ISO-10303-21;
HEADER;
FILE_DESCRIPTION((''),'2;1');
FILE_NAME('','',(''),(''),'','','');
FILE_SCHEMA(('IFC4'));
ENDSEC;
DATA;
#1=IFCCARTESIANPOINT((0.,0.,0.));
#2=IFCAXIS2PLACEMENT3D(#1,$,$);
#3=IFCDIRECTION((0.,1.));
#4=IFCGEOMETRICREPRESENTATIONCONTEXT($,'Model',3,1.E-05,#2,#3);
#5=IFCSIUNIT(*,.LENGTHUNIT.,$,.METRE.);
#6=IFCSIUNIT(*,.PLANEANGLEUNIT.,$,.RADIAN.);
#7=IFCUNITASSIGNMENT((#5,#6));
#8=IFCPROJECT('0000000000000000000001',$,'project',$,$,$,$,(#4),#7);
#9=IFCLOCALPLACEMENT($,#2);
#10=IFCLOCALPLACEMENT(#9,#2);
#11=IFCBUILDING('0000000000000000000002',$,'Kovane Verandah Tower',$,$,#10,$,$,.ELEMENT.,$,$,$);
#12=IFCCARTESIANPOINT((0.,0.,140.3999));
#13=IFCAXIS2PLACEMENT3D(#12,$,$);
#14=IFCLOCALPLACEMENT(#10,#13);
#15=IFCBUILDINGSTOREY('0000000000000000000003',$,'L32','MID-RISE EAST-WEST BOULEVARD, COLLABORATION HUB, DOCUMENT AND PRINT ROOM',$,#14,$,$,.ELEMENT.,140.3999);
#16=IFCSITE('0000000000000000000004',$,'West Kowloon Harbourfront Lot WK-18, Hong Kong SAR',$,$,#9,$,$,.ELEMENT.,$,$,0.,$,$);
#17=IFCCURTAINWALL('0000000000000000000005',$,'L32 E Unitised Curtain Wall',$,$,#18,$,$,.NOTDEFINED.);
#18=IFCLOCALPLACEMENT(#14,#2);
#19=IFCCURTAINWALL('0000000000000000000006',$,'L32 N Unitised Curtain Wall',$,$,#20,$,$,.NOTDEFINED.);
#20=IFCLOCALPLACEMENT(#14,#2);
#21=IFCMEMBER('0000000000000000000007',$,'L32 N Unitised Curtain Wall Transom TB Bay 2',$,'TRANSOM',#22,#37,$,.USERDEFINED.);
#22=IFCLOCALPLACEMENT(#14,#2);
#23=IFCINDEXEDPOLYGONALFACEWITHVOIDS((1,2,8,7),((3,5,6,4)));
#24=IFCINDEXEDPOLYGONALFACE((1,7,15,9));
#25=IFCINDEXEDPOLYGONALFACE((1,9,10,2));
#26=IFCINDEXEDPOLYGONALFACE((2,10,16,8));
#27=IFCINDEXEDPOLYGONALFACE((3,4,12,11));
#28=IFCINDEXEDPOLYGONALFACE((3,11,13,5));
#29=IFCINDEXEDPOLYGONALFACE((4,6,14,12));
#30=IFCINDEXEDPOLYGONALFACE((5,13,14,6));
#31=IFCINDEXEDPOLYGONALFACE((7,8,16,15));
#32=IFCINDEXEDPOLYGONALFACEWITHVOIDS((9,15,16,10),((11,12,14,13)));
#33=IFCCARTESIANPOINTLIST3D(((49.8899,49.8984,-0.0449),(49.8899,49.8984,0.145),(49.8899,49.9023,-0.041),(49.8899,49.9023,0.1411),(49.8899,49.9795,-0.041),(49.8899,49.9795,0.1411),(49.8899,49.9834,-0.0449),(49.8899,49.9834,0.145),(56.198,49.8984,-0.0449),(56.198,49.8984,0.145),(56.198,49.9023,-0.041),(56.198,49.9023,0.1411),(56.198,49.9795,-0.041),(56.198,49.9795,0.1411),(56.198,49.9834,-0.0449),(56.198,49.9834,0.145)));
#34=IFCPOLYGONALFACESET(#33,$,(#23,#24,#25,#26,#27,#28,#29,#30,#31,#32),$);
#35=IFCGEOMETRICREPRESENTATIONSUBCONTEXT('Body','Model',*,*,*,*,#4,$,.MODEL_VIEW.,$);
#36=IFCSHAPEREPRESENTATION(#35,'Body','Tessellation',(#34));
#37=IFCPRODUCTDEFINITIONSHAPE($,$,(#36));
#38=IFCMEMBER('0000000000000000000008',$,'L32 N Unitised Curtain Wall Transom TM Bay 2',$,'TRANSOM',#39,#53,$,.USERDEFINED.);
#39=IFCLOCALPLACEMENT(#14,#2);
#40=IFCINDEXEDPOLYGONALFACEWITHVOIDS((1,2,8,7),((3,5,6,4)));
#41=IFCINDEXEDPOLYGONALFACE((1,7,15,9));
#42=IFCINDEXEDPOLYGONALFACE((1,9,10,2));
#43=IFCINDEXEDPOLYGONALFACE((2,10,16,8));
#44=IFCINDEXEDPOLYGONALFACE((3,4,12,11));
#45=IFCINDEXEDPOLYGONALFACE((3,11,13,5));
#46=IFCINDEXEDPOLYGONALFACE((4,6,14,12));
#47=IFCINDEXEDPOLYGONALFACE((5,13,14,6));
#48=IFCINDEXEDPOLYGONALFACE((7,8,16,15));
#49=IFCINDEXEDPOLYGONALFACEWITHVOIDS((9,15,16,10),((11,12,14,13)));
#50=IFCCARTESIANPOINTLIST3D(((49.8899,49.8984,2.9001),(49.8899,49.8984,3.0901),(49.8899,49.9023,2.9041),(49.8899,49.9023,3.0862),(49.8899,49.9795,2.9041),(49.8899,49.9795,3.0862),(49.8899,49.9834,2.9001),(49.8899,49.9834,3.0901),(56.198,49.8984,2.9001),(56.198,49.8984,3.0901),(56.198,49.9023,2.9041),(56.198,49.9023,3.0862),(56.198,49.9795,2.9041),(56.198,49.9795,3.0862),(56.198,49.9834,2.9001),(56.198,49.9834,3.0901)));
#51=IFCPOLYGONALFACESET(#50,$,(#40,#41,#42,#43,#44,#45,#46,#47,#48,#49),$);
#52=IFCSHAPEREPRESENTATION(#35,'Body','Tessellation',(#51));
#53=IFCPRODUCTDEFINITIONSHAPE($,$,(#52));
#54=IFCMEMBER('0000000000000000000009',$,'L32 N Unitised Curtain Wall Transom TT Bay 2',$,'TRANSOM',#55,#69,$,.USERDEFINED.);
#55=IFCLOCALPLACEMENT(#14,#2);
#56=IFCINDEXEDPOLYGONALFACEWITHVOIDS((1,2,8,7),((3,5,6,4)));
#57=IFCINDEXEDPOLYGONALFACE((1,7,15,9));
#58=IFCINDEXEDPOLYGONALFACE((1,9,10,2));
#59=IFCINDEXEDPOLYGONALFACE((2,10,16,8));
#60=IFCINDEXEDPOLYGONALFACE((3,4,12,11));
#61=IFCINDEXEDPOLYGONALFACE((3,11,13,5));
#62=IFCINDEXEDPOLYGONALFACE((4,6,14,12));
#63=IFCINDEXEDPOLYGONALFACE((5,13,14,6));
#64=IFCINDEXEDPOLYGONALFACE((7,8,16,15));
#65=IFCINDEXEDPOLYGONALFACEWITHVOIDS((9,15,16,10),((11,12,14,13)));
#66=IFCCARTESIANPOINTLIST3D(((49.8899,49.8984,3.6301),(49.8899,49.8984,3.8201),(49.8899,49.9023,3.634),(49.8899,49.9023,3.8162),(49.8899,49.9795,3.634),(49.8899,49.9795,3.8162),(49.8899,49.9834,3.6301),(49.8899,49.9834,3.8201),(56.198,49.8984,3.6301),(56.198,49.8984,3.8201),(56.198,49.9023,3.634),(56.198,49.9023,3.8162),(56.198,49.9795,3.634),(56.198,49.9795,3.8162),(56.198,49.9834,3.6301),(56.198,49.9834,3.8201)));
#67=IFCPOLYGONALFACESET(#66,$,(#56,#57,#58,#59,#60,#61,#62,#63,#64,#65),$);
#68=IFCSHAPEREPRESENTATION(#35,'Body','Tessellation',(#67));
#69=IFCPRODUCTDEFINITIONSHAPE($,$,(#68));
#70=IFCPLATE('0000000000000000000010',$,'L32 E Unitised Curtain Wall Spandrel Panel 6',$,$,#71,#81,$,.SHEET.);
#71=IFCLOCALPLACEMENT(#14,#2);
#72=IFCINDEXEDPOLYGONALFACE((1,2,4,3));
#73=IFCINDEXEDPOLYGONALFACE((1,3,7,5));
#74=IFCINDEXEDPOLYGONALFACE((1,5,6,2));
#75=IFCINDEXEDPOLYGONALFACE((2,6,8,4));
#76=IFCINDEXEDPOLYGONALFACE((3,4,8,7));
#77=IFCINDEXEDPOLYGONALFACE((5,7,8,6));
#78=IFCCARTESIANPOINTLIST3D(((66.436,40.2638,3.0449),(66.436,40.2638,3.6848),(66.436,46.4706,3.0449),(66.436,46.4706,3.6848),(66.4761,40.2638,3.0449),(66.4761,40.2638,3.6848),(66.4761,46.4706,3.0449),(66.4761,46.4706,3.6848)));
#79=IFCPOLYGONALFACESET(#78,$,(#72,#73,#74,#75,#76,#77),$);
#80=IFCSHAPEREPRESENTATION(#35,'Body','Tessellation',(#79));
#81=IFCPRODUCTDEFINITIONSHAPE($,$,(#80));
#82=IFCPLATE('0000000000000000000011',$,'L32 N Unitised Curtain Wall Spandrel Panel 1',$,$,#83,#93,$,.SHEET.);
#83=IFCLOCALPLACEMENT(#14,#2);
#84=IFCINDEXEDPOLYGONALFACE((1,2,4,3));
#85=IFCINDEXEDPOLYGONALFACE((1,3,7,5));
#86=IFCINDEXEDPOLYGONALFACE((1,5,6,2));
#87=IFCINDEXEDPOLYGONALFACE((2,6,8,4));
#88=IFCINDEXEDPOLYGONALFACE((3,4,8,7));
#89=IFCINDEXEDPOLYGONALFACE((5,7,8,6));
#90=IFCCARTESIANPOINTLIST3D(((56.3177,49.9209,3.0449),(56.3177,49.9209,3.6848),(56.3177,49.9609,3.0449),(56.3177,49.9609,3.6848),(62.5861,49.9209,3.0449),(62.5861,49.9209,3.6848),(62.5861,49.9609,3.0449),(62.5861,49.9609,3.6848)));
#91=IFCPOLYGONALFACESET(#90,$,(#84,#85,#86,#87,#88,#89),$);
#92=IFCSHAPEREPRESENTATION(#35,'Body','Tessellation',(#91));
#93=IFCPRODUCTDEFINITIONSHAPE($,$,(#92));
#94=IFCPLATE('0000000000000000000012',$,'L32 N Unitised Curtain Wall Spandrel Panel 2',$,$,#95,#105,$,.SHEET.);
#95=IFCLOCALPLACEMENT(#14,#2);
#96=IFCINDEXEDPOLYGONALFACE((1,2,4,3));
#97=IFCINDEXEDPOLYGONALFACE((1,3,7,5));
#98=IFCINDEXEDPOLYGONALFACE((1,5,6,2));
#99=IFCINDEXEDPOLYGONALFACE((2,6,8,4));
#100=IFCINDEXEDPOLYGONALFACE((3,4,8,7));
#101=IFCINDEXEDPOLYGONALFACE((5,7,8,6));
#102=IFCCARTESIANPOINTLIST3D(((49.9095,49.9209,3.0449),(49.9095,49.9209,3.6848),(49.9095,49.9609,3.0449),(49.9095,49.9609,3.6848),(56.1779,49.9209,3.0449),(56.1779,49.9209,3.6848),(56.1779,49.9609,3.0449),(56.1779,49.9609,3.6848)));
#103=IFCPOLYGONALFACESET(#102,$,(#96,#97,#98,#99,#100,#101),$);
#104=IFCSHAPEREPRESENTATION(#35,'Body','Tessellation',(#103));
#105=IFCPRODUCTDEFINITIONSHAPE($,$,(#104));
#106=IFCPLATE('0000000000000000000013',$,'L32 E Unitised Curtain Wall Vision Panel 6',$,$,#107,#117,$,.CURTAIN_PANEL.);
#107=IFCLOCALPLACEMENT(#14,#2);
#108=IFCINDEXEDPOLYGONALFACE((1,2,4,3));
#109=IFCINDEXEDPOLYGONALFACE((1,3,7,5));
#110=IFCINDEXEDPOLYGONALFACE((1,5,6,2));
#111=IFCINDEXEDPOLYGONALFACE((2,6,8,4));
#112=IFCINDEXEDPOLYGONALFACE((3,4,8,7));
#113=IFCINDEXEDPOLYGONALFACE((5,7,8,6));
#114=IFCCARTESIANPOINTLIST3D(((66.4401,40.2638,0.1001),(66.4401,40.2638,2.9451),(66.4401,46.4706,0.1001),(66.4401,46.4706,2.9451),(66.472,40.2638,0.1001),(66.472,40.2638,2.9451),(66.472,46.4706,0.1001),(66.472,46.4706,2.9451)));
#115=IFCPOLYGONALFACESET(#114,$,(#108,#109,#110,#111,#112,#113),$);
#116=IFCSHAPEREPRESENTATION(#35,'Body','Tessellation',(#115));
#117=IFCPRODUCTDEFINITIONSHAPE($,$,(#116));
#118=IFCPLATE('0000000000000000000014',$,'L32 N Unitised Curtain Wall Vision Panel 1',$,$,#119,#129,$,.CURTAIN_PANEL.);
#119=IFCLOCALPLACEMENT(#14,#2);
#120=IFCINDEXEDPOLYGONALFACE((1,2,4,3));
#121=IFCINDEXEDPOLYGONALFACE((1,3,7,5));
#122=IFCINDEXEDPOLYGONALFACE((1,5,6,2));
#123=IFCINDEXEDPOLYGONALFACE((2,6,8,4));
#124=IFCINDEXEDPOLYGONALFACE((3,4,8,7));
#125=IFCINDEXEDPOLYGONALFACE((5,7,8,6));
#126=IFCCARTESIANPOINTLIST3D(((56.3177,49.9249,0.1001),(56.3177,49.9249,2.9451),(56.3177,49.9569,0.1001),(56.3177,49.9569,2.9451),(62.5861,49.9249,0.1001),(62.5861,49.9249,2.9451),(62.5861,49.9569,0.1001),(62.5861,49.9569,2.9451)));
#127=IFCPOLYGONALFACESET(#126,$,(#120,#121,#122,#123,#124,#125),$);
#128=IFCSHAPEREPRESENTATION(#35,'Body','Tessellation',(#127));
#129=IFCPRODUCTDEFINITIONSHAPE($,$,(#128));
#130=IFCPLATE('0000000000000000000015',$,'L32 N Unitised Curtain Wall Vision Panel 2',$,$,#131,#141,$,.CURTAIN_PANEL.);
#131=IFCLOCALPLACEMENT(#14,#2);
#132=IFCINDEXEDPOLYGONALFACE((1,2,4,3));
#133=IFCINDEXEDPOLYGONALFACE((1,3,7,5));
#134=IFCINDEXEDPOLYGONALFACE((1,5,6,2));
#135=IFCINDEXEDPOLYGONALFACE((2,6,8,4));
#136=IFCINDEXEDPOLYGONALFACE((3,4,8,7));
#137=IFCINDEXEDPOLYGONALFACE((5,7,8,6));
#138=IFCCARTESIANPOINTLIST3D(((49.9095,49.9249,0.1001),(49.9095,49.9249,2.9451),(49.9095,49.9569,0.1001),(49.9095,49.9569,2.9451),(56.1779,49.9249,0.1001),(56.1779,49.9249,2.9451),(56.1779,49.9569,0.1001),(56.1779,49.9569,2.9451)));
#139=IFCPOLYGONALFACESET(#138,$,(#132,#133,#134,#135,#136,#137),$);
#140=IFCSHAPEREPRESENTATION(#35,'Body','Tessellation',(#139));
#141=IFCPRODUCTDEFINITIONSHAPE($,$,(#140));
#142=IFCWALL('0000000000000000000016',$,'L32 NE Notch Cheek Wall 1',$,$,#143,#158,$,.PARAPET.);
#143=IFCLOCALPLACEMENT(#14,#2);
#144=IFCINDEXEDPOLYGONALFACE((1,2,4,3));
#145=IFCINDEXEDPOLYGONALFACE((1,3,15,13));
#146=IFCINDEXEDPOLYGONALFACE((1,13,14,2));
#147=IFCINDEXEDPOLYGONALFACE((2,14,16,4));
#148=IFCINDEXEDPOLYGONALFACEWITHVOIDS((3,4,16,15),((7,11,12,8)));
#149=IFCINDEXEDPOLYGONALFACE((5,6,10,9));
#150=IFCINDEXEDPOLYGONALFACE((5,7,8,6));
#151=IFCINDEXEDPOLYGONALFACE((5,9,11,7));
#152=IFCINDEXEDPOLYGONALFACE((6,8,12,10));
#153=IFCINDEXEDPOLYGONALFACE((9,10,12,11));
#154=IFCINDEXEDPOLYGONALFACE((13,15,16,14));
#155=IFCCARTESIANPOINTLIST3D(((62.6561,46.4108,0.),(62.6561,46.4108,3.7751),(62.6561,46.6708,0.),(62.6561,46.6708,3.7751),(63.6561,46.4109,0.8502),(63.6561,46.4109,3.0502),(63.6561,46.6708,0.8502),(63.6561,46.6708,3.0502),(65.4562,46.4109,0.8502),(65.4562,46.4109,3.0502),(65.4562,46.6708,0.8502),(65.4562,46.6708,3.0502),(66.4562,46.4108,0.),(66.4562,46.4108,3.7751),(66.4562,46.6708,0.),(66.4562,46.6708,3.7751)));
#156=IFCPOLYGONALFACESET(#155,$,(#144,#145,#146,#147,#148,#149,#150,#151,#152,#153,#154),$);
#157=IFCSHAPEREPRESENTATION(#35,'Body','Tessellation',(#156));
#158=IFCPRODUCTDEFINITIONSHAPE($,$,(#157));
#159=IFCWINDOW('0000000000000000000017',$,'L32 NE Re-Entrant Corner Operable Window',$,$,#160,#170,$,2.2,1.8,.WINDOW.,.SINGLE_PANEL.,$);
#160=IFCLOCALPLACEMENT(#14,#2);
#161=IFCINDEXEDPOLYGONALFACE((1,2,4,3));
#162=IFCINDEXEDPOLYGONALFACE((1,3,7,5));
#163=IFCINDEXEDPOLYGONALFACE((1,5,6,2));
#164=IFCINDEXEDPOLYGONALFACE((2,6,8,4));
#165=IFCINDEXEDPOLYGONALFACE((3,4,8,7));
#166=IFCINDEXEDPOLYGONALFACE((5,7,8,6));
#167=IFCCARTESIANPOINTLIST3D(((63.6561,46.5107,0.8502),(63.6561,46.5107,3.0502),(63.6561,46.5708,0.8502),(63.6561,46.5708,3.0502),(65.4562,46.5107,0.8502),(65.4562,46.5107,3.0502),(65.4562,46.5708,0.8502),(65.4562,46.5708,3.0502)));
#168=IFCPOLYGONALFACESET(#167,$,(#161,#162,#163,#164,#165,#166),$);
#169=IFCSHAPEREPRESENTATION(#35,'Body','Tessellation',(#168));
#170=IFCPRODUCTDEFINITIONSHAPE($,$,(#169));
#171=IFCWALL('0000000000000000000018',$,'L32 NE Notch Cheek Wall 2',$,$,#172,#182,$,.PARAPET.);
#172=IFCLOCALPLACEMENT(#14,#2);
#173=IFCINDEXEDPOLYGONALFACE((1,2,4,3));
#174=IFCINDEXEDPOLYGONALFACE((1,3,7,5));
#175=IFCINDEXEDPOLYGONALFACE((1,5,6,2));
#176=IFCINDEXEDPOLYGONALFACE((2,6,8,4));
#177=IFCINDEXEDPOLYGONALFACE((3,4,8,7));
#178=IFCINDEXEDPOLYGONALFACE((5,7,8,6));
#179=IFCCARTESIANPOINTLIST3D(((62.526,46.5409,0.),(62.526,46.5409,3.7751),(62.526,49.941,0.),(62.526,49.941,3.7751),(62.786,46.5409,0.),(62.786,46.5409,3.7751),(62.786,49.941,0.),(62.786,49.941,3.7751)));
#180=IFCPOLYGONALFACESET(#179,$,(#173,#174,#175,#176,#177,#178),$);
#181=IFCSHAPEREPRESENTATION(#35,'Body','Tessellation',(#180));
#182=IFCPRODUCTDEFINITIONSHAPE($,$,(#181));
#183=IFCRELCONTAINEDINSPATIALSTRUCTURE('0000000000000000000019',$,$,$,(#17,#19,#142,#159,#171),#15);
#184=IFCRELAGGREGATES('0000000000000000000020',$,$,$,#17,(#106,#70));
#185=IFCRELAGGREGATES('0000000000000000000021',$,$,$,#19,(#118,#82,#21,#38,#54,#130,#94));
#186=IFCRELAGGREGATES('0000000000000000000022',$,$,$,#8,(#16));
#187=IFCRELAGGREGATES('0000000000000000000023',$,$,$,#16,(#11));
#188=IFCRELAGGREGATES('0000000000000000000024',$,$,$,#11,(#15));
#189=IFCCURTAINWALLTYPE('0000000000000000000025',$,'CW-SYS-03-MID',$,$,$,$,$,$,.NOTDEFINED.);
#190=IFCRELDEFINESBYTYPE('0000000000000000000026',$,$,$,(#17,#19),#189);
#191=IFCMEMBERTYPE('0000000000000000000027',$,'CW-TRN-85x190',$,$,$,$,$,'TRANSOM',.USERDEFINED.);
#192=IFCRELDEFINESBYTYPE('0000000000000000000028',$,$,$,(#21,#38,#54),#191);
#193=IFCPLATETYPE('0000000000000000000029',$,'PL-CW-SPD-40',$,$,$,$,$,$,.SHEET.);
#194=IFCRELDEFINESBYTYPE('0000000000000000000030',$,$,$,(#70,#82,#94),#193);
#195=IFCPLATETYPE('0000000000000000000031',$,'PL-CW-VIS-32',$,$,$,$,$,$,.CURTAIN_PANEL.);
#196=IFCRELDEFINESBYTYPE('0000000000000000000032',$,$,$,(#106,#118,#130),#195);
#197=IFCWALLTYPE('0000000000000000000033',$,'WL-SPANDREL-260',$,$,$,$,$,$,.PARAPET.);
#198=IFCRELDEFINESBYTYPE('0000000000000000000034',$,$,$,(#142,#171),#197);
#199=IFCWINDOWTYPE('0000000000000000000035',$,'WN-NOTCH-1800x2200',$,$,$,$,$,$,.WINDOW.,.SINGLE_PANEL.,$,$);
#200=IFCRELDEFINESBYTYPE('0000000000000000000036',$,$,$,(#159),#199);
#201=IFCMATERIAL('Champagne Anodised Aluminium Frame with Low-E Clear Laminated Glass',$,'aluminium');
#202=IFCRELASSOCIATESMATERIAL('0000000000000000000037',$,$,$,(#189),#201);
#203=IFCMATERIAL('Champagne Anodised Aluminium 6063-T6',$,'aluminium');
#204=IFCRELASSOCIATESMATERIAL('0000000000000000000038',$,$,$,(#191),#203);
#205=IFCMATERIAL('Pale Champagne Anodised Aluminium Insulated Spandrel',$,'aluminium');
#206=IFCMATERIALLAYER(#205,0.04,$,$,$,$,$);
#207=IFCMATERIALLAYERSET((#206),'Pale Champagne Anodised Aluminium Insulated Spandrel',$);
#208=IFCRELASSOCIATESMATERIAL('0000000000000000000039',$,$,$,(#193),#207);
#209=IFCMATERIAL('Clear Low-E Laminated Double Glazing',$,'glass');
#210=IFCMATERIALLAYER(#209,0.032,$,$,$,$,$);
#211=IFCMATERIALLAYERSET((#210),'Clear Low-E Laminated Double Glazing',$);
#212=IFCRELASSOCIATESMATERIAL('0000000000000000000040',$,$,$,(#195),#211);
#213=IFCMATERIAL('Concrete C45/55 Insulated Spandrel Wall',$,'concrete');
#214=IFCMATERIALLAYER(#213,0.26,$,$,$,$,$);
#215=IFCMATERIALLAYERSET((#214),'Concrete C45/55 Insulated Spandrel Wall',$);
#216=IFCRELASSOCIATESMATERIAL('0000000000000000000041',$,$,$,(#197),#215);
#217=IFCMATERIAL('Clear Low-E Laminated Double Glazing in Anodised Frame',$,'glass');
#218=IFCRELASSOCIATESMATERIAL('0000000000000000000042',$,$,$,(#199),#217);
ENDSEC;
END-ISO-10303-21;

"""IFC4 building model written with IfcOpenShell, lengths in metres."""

from ifc_helpers import new_model, si_unit, direction, frame, frame_2d, origin, origin_2d, place, context, subcontext, project, spatial, rectangle, hollow_rectangle, extrude, material, layer, layer_set, material_profile, profile_set, type_object, element, fill, aggregate, save


model = new_model("IFC4")

# Units and contexts
model_context = context("Model", 3, precision=1e-05, world=origin(), true_north=direction((0.0, 1.0)))
body_context = subcontext(model_context, "Body", "Model", "MODEL_VIEW")
ifc_project = project(units=[si_unit("LENGTHUNIT", "METRE"), si_unit("PLANEANGLEUNIT", "RADIAN")], contexts=[model_context])

# Site, building, storey
site_placement = place(None, origin())
site = spatial("IfcSite", under=ifc_project, at=site_placement, Name="West Kowloon Harbourfront Lot WK-18, Hong Kong SAR", CompositionType="ELEMENT", RefElevation=0.0)
building_placement = place(site_placement, origin())
building = spatial("IfcBuilding", under=site, at=building_placement, Name="Kovane Verandah Tower", CompositionType="ELEMENT")
storey_placement = place(building_placement, frame((0.0, 0.0, 140.3999)))
storey = spatial("IfcBuildingStorey", under=building, at=storey_placement, Name="L32", Description="MID-RISE EAST-WEST BOULEVARD, COLLABORATION HUB, DOCUMENT AND PRINT ROOM", CompositionType="ELEMENT", Elevation=140.3999)

# Curtain wall
ifc_material_1 = material(Name="Champagne Anodised Aluminium Frame with Low-E Clear Laminated Glass", Category="aluminium")
curtain_wall_type = type_object("IfcCurtainWallType", Name="CW-SYS-03-MID", PredefinedType="NOTDEFINED", material=ifc_material_1)
curtain_wall_1_placement = place(storey_placement, origin())
curtain_wall_1 = element("IfcCurtainWall", 1, at=curtain_wall_1_placement, inside=storey, type_object=curtain_wall_type, Name="L32 E Unitised Curtain Wall", PredefinedType="NOTDEFINED")
ifc_material_2 = material(Name="Champagne Anodised Aluminium 6063-T6", Category="aluminium")

# Curtain wall
curtain_wall_2_placement = place(storey_placement, origin())
curtain_wall_2 = element("IfcCurtainWall", 2, at=curtain_wall_2_placement, inside=storey, type_object=curtain_wall_type, Name="L32 N Unitised Curtain Wall", PredefinedType="NOTDEFINED")

# Members
ifc_material_profile_1 = material_profile(ifc_material_2, hollow_rectangle(XDim=0.085, YDim=0.1899, WallThickness=0.0039, at=origin_2d()), Name="AL85x190x4")
ifc_profile_set_1 = profile_set([ifc_material_profile_1], Name="Champagne Anodised Aluminium 6063-T6")
member_type_1 = type_object("IfcMemberType", Name="CW-TRN-85x190", ElementType="TRANSOM", PredefinedType="USERDEFINED", material=ifc_profile_set_1)
member_1_placement = place(storey_placement, frame((56.198, 49.9409, 0.05), z_axis=(-1.0, 0.0, 0.0), x_axis=(0.0, -1.0, 0.0)))
member_1 = element("IfcMember", 3, at=member_1_placement, type_object=member_type_1, Name="L32 N Unitised Curtain Wall Transom TB Bay 2", ObjectType="TRANSOM", PredefinedType="USERDEFINED", context=body_context, shape_type="SweptSolid", body=[
    extrude(hollow_rectangle(XDim=0.085, YDim=0.1899, WallThickness=0.0039, at=origin_2d()), origin(), (0.0, 0.0, 1.0), 6.3081),
])
member_2_placement = place(storey_placement, frame((56.198, 49.9409, 2.9951), z_axis=(-1.0, 0.0, 0.0), x_axis=(0.0, -1.0, 0.0)))
member_2 = element("IfcMember", 4, at=member_2_placement, type_object=member_type_1, Name="L32 N Unitised Curtain Wall Transom TM Bay 2", ObjectType="TRANSOM", PredefinedType="USERDEFINED", context=body_context, shape_type="SweptSolid", body=[
    extrude(hollow_rectangle(XDim=0.085, YDim=0.1899, WallThickness=0.0039, at=origin_2d()), origin(), (0.0, 0.0, 1.0), 6.3081),
])
member_3_placement = place(storey_placement, frame((56.198, 49.9409, 3.7251), z_axis=(-1.0, 0.0, 0.0), x_axis=(0.0, -1.0, 0.0)))
member_3 = element("IfcMember", 5, at=member_3_placement, type_object=member_type_1, Name="L32 N Unitised Curtain Wall Transom TT Bay 2", ObjectType="TRANSOM", PredefinedType="USERDEFINED", context=body_context, shape_type="SweptSolid", body=[
    extrude(hollow_rectangle(XDim=0.085, YDim=0.1899, WallThickness=0.0039, at=origin_2d()), origin(), (0.0, 0.0, 1.0), 6.3081),
])

# Plates
ifc_material_3 = material(Name="Pale Champagne Anodised Aluminium Insulated Spandrel", Category="aluminium")
ifc_layer_1 = layer(ifc_material_3, 0.04)
ifc_layer_set_1 = layer_set([ifc_layer_1], Name="Pale Champagne Anodised Aluminium Insulated Spandrel")
plate_type_1 = type_object("IfcPlateType", Name="PL-CW-SPD-40", PredefinedType="SHEET", material=ifc_layer_set_1)
plate_1_placement = place(storey_placement, frame((66.4561, 43.3672, 3.0449), z_axis=(0.0, 0.0, 1.0), x_axis=(0.0, 1.0, 0.0)))
plate_1 = element("IfcPlate", 6, at=plate_1_placement, type_object=plate_type_1, Name="L32 E Unitised Curtain Wall Spandrel Panel 6", PredefinedType="SHEET", context=body_context, shape_type="SweptSolid", body=[
    extrude(rectangle(XDim=6.2068, YDim=0.04, at=origin_2d()), origin(), (0.0, 0.0, 1.0), 0.6399),
])
plate_2_placement = place(storey_placement, frame((59.4519, 49.9409, 3.0449), z_axis=(0.0, 0.0, 1.0), x_axis=(-1.0, 0.0, 0.0)))
plate_2 = element("IfcPlate", 7, at=plate_2_placement, type_object=plate_type_1, Name="L32 N Unitised Curtain Wall Spandrel Panel 1", PredefinedType="SHEET", context=body_context, shape_type="SweptSolid", body=[
    extrude(rectangle(XDim=6.2683, YDim=0.04, at=origin_2d()), origin(), (0.0, 0.0, 1.0), 0.6399),
])
plate_3_placement = place(storey_placement, frame((53.0437, 49.9409, 3.0449), z_axis=(0.0, 0.0, 1.0), x_axis=(-1.0, 0.0, 0.0)))
plate_3 = element("IfcPlate", 8, at=plate_3_placement, type_object=plate_type_1, Name="L32 N Unitised Curtain Wall Spandrel Panel 2", PredefinedType="SHEET", context=body_context, shape_type="SweptSolid", body=[
    extrude(rectangle(XDim=6.2683, YDim=0.04, at=origin_2d()), origin(), (0.0, 0.0, 1.0), 0.6399),
])
ifc_material_4 = material(Name="Clear Low-E Laminated Double Glazing", Category="glass")
ifc_layer_2 = layer(ifc_material_4, 0.032)
ifc_layer_set_2 = layer_set([ifc_layer_2], Name="Clear Low-E Laminated Double Glazing")
plate_type_2 = type_object("IfcPlateType", Name="PL-CW-VIS-32", PredefinedType="CURTAIN_PANEL", material=ifc_layer_set_2)
plate_4_placement = place(storey_placement, frame((66.4561, 43.3672, 0.1001), z_axis=(0.0, 0.0, 1.0), x_axis=(0.0, 1.0, 0.0)))
plate_4 = element("IfcPlate", 9, at=plate_4_placement, type_object=plate_type_2, Name="L32 E Unitised Curtain Wall Vision Panel 6", PredefinedType="CURTAIN_PANEL", context=body_context, shape_type="SweptSolid", body=[
    extrude(rectangle(XDim=6.2068, YDim=0.032, at=origin_2d()), origin(), (0.0, 0.0, 1.0), 2.845),
])
aggregate(curtain_wall_1, [plate_4, plate_1])
plate_5_placement = place(storey_placement, frame((59.4519, 49.9409, 0.1001), z_axis=(0.0, 0.0, 1.0), x_axis=(-1.0, 0.0, 0.0)))
plate_5 = element("IfcPlate", 10, at=plate_5_placement, type_object=plate_type_2, Name="L32 N Unitised Curtain Wall Vision Panel 1", PredefinedType="CURTAIN_PANEL", context=body_context, shape_type="SweptSolid", body=[
    extrude(rectangle(XDim=6.2683, YDim=0.032, at=origin_2d()), origin(), (0.0, 0.0, 1.0), 2.845),
])
plate_6_placement = place(storey_placement, frame((53.0437, 49.9409, 0.1001), z_axis=(0.0, 0.0, 1.0), x_axis=(-1.0, 0.0, 0.0)))
plate_6 = element("IfcPlate", 11, at=plate_6_placement, type_object=plate_type_2, Name="L32 N Unitised Curtain Wall Vision Panel 2", PredefinedType="CURTAIN_PANEL", context=body_context, shape_type="SweptSolid", body=[
    extrude(rectangle(XDim=6.2683, YDim=0.032, at=origin_2d()), origin(), (0.0, 0.0, 1.0), 2.845),
])
aggregate(curtain_wall_2, [plate_5, plate_2, member_1, member_2, member_3, plate_6, plate_3])

# Wall, opening, window
ifc_material_5 = material(Name="Concrete C45/55 Insulated Spandrel Wall", Category="concrete")
ifc_layer_3 = layer(ifc_material_5, 0.26)
ifc_layer_set_3 = layer_set([ifc_layer_3], Name="Concrete C45/55 Insulated Spandrel Wall")
wall_type = type_object("IfcWallType", Name="WL-SPANDREL-260", PredefinedType="PARAPET", material=ifc_layer_set_3)
wall_1_placement = place(storey_placement, frame((66.4561, 46.5408, 0.0), z_axis=(0.0, 0.0, 1.0), x_axis=(-1.0, 0.0, 0.0)))
wall_1 = element("IfcWall", 12, at=wall_1_placement, inside=storey, type_object=wall_type, Name="L32 NE Notch Cheek Wall 1", PredefinedType="PARAPET", context=body_context, shape_type="SweptSolid", body=[
    extrude(rectangle(XDim=3.8, YDim=0.26, at=frame_2d((1.8999, 0.0))), origin(), (0.0, 0.0, 1.0), 3.7751),
])
opening_placement = place(wall_1_placement, frame((1.0, 0.0, 0.8501)))
opening = element("IfcOpeningElement", 13, at=opening_placement, cuts=wall_1, PredefinedType="OPENING", context=body_context, shape_type="SweptSolid", body=[
    extrude(rectangle(XDim=1.8, YDim=2.2, at=frame_2d((0.8999, 1.1001))), frame((0.0, 0.1299, 0.0), z_axis=(0.0, -1.0, 0.0), x_axis=(1.0, 0.0, 0.0)), (0.0, 0.0, 1.0), 0.26),
])
ifc_material_6 = material(Name="Clear Low-E Laminated Double Glazing in Anodised Frame", Category="glass")
window_type = type_object("IfcWindowType", Name="WN-NOTCH-1800x2200", PartitioningType="SINGLE_PANEL", PredefinedType="WINDOW", material=ifc_material_6)
window_placement = place(opening_placement, origin())
window = element("IfcWindow", 14, at=window_placement, inside=storey, type_object=window_type, Name="L32 NE Re-Entrant Corner Operable Window", OverallHeight=2.2, OverallWidth=1.8, PartitioningType="SINGLE_PANEL", PredefinedType="WINDOW", context=body_context, shape_type="SweptSolid", body=[
    extrude(rectangle(XDim=1.8, YDim=2.2, at=frame_2d((0.8999, 1.1001))), frame((0.0, 0.03, 0.0), z_axis=(0.0, -1.0, 0.0), x_axis=(1.0, 0.0, 0.0)), (0.0, 0.0, 1.0), 0.0601),
])
fill(opening, window)

# Wall
wall_2_placement = place(storey_placement, frame((62.656, 46.5408, 0.0), z_axis=(0.0, 0.0, 1.0), x_axis=(0.0, 1.0, 0.0)))
element("IfcWall", 15, at=wall_2_placement, inside=storey, type_object=wall_type, Name="L32 NE Notch Cheek Wall 2", PredefinedType="PARAPET", context=body_context, shape_type="SweptSolid", body=[
    extrude(rectangle(XDim=3.4001, YDim=0.26, at=frame_2d((1.7002, 0.0))), origin(), (0.0, 0.0, 1.0), 3.7751),
])

save(model, "model.ifc")
